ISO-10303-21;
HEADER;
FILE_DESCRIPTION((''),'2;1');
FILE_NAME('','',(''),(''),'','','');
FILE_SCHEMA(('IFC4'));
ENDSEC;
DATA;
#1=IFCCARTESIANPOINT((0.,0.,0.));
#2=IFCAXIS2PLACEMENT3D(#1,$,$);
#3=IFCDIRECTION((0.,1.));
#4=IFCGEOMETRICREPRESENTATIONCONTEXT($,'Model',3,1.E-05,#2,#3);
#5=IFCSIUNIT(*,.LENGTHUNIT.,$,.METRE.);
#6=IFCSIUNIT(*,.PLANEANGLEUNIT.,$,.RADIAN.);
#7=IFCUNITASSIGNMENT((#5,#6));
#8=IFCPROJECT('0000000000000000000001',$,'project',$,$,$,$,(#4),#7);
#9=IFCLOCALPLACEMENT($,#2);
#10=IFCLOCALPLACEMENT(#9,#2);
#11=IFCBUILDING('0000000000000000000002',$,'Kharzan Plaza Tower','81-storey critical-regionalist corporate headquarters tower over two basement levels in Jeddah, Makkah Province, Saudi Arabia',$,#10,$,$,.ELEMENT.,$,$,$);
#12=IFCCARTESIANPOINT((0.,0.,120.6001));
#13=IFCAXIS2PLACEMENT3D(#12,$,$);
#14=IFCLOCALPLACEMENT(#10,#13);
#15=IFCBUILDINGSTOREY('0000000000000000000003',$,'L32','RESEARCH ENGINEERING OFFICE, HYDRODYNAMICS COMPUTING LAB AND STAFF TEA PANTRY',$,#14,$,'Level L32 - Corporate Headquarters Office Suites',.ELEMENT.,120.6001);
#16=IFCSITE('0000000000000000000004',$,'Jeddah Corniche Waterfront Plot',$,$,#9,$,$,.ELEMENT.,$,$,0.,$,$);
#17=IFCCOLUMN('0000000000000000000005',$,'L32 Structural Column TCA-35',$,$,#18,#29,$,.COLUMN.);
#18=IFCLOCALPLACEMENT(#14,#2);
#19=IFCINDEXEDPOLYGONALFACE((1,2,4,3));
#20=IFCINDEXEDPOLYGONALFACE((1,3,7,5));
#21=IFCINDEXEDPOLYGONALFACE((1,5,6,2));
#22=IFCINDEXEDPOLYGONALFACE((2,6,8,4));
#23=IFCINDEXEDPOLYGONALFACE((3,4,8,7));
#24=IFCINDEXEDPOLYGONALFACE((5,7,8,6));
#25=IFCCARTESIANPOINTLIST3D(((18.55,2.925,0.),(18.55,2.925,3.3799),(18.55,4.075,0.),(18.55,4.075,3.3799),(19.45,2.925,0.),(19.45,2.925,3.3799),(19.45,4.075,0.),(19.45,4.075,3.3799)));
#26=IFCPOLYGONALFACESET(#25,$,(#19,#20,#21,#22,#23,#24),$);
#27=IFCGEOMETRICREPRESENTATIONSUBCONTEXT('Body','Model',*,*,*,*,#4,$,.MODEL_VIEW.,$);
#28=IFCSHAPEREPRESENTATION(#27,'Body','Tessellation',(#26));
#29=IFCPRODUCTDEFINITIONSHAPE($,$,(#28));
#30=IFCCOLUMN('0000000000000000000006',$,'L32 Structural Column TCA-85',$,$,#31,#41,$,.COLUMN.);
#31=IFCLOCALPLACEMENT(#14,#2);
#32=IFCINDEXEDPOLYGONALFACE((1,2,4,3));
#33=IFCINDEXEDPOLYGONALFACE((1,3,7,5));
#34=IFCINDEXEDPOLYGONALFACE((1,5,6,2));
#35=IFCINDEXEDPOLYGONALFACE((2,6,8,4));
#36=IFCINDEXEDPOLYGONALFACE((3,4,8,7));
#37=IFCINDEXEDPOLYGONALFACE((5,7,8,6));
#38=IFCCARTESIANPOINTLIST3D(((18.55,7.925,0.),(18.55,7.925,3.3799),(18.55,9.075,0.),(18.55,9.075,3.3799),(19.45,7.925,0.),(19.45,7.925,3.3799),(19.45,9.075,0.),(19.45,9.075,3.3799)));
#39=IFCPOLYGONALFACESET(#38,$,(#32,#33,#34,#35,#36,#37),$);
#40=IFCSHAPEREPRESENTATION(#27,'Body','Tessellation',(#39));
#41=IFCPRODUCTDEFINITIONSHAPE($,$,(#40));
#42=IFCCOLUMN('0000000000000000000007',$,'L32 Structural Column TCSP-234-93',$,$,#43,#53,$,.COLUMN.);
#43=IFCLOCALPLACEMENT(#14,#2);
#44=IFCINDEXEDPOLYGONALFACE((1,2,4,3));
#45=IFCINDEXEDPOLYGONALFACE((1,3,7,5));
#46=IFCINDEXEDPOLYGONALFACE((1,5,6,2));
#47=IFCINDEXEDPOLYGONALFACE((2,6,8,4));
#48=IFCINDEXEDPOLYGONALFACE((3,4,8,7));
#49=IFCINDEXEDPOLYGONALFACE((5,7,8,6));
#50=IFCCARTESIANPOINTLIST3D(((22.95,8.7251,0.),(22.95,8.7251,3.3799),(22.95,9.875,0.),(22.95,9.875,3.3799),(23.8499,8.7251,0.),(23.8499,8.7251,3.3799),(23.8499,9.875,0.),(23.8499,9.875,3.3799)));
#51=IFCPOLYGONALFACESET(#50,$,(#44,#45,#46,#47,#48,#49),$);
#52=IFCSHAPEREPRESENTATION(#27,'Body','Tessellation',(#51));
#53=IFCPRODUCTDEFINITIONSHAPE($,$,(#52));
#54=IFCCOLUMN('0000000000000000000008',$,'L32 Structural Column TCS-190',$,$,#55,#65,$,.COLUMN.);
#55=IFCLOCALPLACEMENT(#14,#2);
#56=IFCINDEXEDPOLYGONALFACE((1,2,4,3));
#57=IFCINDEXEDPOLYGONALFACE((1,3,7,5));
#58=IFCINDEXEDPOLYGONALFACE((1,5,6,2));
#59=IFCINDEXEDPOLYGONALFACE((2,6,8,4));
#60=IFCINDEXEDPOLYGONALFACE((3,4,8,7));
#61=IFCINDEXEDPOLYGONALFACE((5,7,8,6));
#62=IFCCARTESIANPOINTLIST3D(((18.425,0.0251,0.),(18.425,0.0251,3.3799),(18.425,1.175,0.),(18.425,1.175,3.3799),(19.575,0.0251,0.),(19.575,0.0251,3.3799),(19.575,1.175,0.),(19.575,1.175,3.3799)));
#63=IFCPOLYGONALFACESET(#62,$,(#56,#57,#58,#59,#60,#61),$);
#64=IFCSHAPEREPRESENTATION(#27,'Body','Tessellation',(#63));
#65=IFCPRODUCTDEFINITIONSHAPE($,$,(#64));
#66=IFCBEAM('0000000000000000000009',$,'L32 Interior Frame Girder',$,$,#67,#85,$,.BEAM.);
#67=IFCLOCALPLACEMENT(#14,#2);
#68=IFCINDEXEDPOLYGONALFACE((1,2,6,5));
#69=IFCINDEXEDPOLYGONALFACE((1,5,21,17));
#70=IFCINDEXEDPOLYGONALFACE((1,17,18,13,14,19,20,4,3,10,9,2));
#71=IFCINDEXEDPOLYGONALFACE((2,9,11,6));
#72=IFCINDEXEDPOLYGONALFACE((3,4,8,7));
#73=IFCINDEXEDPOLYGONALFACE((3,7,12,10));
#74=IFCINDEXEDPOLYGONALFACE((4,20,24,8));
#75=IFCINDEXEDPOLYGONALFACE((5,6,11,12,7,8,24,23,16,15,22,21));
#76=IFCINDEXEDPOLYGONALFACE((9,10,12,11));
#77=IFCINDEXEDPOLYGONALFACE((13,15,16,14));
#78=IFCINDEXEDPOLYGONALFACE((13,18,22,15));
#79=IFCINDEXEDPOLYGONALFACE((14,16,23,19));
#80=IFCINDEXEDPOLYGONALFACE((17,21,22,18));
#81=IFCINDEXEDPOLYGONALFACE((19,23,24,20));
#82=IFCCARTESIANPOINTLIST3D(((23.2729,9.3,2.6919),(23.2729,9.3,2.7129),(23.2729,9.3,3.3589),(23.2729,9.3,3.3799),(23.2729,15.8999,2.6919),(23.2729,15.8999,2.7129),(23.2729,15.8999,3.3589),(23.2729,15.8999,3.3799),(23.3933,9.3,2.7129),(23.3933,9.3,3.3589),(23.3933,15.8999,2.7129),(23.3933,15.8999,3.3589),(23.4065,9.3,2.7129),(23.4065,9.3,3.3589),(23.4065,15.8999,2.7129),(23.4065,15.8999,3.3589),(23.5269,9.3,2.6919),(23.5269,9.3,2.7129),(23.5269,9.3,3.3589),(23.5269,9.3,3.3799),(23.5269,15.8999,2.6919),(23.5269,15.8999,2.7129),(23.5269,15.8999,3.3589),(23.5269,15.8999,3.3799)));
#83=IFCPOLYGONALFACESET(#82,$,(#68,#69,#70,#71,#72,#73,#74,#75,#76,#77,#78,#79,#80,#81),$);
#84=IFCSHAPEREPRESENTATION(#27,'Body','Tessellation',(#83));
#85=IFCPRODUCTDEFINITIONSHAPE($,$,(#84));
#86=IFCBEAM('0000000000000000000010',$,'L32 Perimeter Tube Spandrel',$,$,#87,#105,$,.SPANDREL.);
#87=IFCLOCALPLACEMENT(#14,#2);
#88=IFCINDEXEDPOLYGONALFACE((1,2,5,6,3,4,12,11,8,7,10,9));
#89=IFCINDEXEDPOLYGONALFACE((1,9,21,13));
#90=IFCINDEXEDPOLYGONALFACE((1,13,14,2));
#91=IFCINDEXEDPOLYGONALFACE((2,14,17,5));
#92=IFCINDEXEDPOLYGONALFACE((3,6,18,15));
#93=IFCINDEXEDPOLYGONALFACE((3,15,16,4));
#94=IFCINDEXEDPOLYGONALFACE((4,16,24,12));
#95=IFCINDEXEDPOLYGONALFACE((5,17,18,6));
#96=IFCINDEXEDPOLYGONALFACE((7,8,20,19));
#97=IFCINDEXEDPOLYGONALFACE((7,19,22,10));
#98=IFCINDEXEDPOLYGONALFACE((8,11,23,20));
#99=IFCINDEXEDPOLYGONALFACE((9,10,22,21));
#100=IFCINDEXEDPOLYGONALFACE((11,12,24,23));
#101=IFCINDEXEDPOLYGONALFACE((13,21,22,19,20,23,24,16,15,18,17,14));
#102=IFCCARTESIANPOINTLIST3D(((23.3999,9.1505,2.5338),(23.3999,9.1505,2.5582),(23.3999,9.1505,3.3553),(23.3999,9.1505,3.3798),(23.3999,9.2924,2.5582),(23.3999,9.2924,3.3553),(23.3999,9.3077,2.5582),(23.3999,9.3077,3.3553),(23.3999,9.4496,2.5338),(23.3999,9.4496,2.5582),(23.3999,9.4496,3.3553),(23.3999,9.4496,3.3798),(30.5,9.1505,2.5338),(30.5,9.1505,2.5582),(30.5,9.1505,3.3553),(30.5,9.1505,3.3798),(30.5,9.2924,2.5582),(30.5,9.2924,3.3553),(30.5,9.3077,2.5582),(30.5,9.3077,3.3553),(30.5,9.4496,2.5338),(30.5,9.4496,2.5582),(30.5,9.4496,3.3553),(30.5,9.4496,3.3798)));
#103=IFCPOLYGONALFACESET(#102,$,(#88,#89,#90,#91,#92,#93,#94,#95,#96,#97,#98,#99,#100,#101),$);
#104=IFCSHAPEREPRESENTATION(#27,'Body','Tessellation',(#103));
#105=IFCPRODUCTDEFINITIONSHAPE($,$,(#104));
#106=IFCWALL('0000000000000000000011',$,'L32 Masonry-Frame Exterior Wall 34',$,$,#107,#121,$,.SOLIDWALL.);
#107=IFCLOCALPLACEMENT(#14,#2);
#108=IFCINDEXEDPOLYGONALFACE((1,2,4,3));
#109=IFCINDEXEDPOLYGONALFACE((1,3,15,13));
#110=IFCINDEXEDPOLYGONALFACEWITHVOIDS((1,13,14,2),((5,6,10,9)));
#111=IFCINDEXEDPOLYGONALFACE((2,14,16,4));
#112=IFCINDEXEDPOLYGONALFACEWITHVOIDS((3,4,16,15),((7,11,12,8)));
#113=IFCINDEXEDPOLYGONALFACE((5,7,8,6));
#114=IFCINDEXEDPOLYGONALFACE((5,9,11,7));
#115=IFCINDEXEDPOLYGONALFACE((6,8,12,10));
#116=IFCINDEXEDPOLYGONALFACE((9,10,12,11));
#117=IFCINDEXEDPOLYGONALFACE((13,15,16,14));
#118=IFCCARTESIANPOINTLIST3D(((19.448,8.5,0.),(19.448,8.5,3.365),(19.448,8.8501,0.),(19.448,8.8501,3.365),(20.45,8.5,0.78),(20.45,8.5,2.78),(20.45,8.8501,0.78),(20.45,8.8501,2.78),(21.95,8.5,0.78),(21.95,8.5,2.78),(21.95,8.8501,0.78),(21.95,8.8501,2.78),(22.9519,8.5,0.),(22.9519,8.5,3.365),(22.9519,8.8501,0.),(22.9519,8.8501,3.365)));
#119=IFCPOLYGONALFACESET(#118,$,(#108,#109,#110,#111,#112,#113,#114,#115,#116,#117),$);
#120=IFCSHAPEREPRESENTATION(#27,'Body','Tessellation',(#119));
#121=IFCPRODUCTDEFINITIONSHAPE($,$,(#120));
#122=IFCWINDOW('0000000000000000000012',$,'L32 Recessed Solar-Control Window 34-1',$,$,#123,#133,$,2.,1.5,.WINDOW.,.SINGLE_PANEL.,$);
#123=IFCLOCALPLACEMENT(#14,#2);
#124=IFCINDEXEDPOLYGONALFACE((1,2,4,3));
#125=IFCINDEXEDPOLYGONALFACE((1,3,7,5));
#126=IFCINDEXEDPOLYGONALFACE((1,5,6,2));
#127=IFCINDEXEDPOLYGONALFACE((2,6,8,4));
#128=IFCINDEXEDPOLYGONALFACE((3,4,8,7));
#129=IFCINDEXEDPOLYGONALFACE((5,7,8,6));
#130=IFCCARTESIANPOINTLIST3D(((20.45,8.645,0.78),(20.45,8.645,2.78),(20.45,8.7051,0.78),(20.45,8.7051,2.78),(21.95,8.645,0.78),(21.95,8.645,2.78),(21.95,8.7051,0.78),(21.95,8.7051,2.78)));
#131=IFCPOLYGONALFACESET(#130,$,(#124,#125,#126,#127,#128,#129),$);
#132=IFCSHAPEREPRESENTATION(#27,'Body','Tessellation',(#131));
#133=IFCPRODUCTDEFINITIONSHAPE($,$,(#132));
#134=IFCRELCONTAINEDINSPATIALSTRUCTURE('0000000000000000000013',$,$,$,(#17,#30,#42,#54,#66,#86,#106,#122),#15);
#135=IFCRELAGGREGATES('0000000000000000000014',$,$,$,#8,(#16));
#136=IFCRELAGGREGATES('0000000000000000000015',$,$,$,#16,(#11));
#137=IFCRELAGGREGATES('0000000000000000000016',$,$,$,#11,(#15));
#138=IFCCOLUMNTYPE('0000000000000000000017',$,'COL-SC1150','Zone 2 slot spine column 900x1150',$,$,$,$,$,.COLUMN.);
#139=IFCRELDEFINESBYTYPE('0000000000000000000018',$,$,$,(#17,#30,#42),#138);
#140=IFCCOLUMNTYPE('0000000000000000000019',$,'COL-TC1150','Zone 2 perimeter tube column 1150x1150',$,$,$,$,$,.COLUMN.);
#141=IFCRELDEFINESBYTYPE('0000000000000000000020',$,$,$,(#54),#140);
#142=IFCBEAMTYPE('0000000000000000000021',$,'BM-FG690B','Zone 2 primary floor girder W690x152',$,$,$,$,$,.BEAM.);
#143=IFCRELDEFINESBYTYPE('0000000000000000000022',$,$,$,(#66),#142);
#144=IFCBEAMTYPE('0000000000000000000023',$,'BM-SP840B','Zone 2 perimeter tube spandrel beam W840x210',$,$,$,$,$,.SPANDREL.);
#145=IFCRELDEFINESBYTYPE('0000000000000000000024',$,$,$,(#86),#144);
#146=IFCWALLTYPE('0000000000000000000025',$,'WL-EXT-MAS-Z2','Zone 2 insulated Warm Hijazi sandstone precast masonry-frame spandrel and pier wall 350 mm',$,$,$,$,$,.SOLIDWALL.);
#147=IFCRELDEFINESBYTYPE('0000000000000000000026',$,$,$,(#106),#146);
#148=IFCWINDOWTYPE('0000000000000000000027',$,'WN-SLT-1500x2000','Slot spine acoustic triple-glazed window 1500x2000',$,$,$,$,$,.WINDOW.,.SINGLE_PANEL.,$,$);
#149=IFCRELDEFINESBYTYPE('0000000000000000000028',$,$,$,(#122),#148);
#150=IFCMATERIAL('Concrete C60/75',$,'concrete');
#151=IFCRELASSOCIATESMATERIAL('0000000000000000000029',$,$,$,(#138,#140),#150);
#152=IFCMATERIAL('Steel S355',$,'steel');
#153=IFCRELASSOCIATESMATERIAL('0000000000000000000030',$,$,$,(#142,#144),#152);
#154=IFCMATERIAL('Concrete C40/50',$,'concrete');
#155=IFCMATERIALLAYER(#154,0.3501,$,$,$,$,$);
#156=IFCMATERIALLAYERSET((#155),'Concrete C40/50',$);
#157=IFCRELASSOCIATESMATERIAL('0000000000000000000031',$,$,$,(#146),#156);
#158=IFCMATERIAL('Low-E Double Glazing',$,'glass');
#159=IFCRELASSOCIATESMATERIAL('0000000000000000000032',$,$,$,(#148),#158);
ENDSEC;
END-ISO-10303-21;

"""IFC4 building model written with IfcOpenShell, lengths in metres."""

from ifc_helpers import new_model, si_unit, direction, frame, frame_2d, origin, origin_2d, place, context, subcontext, project, spatial, rectangle, i_section, extrude, source, transform, mapped, material, layer, layer_set, material_profile, profile_set, type_object, element, fill, save


model = new_model("IFC4")

# Units and contexts
model_context = context("Model", 3, precision=1e-05, world=origin(), true_north=direction((0.0, 1.0)))
body_context = subcontext(model_context, "Body", "Model", "MODEL_VIEW")
ifc_project = project(units=[si_unit("LENGTHUNIT", "METRE"), si_unit("PLANEANGLEUNIT", "RADIAN")], contexts=[model_context])

# Site, building, storey
site_placement = place(None, origin())
site = spatial("IfcSite", under=ifc_project, at=site_placement, Name="Jeddah Corniche Waterfront Plot", CompositionType="ELEMENT", RefElevation=0.0)
building_placement = place(site_placement, origin())
building = spatial("IfcBuilding", under=site, at=building_placement, Name="Kharzan Plaza Tower", Description="81-storey critical-regionalist corporate headquarters tower over two basement levels in Jeddah, Makkah Province, Saudi Arabia", CompositionType="ELEMENT")
storey_placement = place(building_placement, frame((0.0, 0.0, 120.6001)))
storey = spatial("IfcBuildingStorey", under=building, at=storey_placement, Name="L32", Description="RESEARCH ENGINEERING OFFICE, HYDRODYNAMICS COMPUTING LAB AND STAFF TEA PANTRY", LongName="Level L32 - Corporate Headquarters Office Suites", CompositionType="ELEMENT", Elevation=120.6001)

# Columns
ifc_material_1 = material(Name="Concrete C60/75", Category="concrete")
ifc_material_profile_1 = material_profile(ifc_material_1, rectangle(XDim=0.8999, YDim=1.1499, at=origin_2d()), Name="RC-SC1150x900")
ifc_profile_set_1 = profile_set([ifc_material_profile_1], Name="Concrete C60/75")
column_type_1 = type_object("IfcColumnType", Name="COL-SC1150", Description="Zone 2 slot spine column 900x1150", PredefinedType="COLUMN", material=ifc_profile_set_1)
shared_shape_1 = source(origin(), body_context, "Body", "SweptSolid", [
    extrude(rectangle(XDim=0.8999, YDim=1.1499, at=origin_2d()), origin(), (0.0, 0.0, 1.0), 3.3799),
])
for number, where, z_axis, x_axis, name in (
    (1, (19.0, 3.5, 0.0), (0.0, 0.0, 1.0), (1.0, 0.0, 0.0), "L32 Structural Column TCA-35"),
    (2, (19.0, 8.5, 0.0), (0.0, 0.0, 1.0), (1.0, 0.0, 0.0), "L32 Structural Column TCA-85"),
    (3, (23.3999, 9.3, 0.0), (0.0, 0.0, 1.0), (1.0, 0.0, 0.0), "L32 Structural Column TCSP-234-93"),
):
    element("IfcColumn", number, at=place(storey_placement, frame(where, z_axis=z_axis, x_axis=x_axis)), inside=storey, type_object=column_type_1, Name=name, PredefinedType="COLUMN", context=body_context, shape_type="MappedRepresentation", body=[
        mapped(shared_shape_1, transform((0.0, 0.0, 0.0), x_axis=(1.0, 0.0, 0.0), y_axis=(0.0, 1.0, 0.0), z_axis=(0.0, 0.0, 1.0))),
    ])
ifc_material_profile_2 = material_profile(ifc_material_1, rectangle(XDim=1.1499, YDim=1.1499, at=origin_2d()), Name="RC-TC1150x1150")
ifc_profile_set_2 = profile_set([ifc_material_profile_2], Name="Concrete C60/75")
column_type_2 = type_object("IfcColumnType", Name="COL-TC1150", Description="Zone 2 perimeter tube column 1150x1150", PredefinedType="COLUMN", material=ifc_profile_set_2)
shared_shape_2 = source(origin(), body_context, "Body", "SweptSolid", [
    extrude(rectangle(XDim=1.1499, YDim=1.1499, at=origin_2d()), origin(), (0.0, 0.0, 1.0), 3.3799),
])
column_placement = place(storey_placement, frame((19.0, 0.6001, 0.0), z_axis=(0.0, 0.0, 1.0), x_axis=(1.0, 0.0, 0.0)))
element("IfcColumn", 4, at=column_placement, inside=storey, type_object=column_type_2, Name="L32 Structural Column TCS-190", PredefinedType="COLUMN", context=body_context, shape_type="MappedRepresentation", body=[
    mapped(shared_shape_2, transform((0.0, 0.0, 0.0), x_axis=(1.0, 0.0, 0.0), y_axis=(0.0, 1.0, 0.0), z_axis=(0.0, 0.0, 1.0))),
])

# Beams
ifc_material_2 = material(Name="Steel S355", Category="steel")
ifc_material_profile_3 = material_profile(ifc_material_2, i_section(OverallWidth=0.2539, OverallDepth=0.688, WebThickness=0.0132, FlangeThickness=0.021, at=origin_2d()), Name="W690x152")
ifc_profile_set_3 = profile_set([ifc_material_profile_3], Name="Steel S355")
beam_type_1 = type_object("IfcBeamType", Name="BM-FG690B", Description="Zone 2 primary floor girder W690x152", PredefinedType="BEAM", material=ifc_profile_set_3)
shared_shape_3 = source(origin(), body_context, "Body", "SweptSolid", [
    extrude(i_section(OverallWidth=0.2539, OverallDepth=0.688, WebThickness=0.0132, FlangeThickness=0.021, at=origin_2d()), origin(), (0.0, 0.0, 1.0), 6.5999),
])
beam_1_placement = place(storey_placement, frame((23.3999, 9.3, 3.0359), z_axis=(0.0, 1.0, 0.0), x_axis=(-1.0, 0.0, 0.0)))
element("IfcBeam", 5, at=beam_1_placement, inside=storey, type_object=beam_type_1, Name="L32 Interior Frame Girder", PredefinedType="BEAM", context=body_context, shape_type="MappedRepresentation", body=[
    mapped(shared_shape_3, transform((0.0, 0.0, 0.0), x_axis=(1.0, 0.0, 0.0), y_axis=(0.0, 1.0, 0.0), z_axis=(0.0, 0.0, 1.0))),
])
ifc_material_profile_4 = material_profile(ifc_material_2, i_section(OverallWidth=0.2991, OverallDepth=0.8459, WebThickness=0.0154, FlangeThickness=0.0244, at=origin_2d()), Name="W840x210")
ifc_profile_set_4 = profile_set([ifc_material_profile_4], Name="Steel S355")
beam_type_2 = type_object("IfcBeamType", Name="BM-SP840B", Description="Zone 2 perimeter tube spandrel beam W840x210", PredefinedType="SPANDREL", material=ifc_profile_set_4)
shared_shape_4 = source(origin(), body_context, "Body", "SweptSolid", [
    extrude(i_section(OverallWidth=0.2991, OverallDepth=0.8459, WebThickness=0.0154, FlangeThickness=0.0244, at=origin_2d()), origin(), (0.0, 0.0, 1.0), 7.1001),
])
beam_2_placement = place(storey_placement, frame((23.3999, 9.3, 2.9568), z_axis=(1.0, 0.0, 0.0), x_axis=(0.0, 1.0, 0.0)))
element("IfcBeam", 6, at=beam_2_placement, inside=storey, type_object=beam_type_2, Name="L32 Perimeter Tube Spandrel", PredefinedType="SPANDREL", context=body_context, shape_type="MappedRepresentation", body=[
    mapped(shared_shape_4, transform((0.0, 0.0, 0.0), x_axis=(1.0, 0.0, 0.0), y_axis=(0.0, 1.0, 0.0), z_axis=(0.0, 0.0, 1.0))),
])

# Wall, opening, window
ifc_material_3 = material(Name="Concrete C40/50", Category="concrete")
ifc_layer_1 = layer(ifc_material_3, 0.3501)
ifc_layer_set_1 = layer_set([ifc_layer_1], Name="Concrete C40/50")
wall_type_1 = type_object("IfcWallType", Name="WL-EXT-MAS-Z2", Description="Zone 2 insulated Warm Hijazi sandstone precast masonry-frame spandrel and pier wall 350 mm", PredefinedType="SOLIDWALL", material=ifc_layer_set_1)
wall_1_placement = place(storey_placement, frame((19.448, 8.675, 0.0), z_axis=(0.0, 0.0, 1.0), x_axis=(1.0, 0.0, 0.0)))
wall_1 = element("IfcWall", 7, at=wall_1_placement, inside=storey, type_object=wall_type_1, Name="L32 Masonry-Frame Exterior Wall 34", PredefinedType="SOLIDWALL", context=body_context, shape_type="SweptSolid", body=[
    extrude(rectangle(XDim=3.5039, YDim=0.3501, at=frame_2d((1.752, 0.0))), origin(), (0.0, 0.0, 1.0), 3.365),
])
opening_1_placement = place(wall_1_placement, frame((1.002, 0.0, 0.78)))
opening_1 = element("IfcOpeningElement", 8, at=opening_1_placement, cuts=wall_1, PredefinedType="OPENING", context=body_context, shape_type="SweptSolid", body=[
    extrude(rectangle(XDim=1.5, YDim=2.0, at=frame_2d((0.75, 1.0))), frame((0.0, 0.1851, 0.0), z_axis=(0.0, -1.0, 0.0), x_axis=(1.0, 0.0, 0.0)), (0.0, 0.0, 1.0), 0.3701),
])
ifc_material_4 = material(Name="Low-E Double Glazing", Category="glass")
window_type = type_object("IfcWindowType", Name="WN-SLT-1500x2000", Description="Slot spine acoustic triple-glazed window 1500x2000", PartitioningType="SINGLE_PANEL", PredefinedType="WINDOW", material=ifc_material_4)
shared_shape_5 = source(origin(), body_context, "Body", "SweptSolid", [
    extrude(rectangle(XDim=1.5, YDim=2.0, at=frame_2d((0.75, 1.0))), frame((0.0, 0.03, 0.0), z_axis=(0.0, -1.0, 0.0), x_axis=(1.0, 0.0, 0.0)), (0.0, 0.0, 1.0), 0.0601),
])
window_1_placement = place(opening_1_placement, origin())
window_1 = element("IfcWindow", 9, at=window_1_placement, inside=storey, type_object=window_type, Name="L32 Recessed Solar-Control Window 34-1", OverallHeight=2.0, OverallWidth=1.5, PartitioningType="SINGLE_PANEL", PredefinedType="WINDOW", context=body_context, shape_type="MappedRepresentation", body=[
    mapped(shared_shape_5, transform((0.0, 0.0, 0.0), x_axis=(1.0, 0.0, 0.0), y_axis=(0.0, 1.0, 0.0), z_axis=(0.0, 0.0, 1.0))),
])
fill(opening_1, window_1)

save(model, "model.ifc")
